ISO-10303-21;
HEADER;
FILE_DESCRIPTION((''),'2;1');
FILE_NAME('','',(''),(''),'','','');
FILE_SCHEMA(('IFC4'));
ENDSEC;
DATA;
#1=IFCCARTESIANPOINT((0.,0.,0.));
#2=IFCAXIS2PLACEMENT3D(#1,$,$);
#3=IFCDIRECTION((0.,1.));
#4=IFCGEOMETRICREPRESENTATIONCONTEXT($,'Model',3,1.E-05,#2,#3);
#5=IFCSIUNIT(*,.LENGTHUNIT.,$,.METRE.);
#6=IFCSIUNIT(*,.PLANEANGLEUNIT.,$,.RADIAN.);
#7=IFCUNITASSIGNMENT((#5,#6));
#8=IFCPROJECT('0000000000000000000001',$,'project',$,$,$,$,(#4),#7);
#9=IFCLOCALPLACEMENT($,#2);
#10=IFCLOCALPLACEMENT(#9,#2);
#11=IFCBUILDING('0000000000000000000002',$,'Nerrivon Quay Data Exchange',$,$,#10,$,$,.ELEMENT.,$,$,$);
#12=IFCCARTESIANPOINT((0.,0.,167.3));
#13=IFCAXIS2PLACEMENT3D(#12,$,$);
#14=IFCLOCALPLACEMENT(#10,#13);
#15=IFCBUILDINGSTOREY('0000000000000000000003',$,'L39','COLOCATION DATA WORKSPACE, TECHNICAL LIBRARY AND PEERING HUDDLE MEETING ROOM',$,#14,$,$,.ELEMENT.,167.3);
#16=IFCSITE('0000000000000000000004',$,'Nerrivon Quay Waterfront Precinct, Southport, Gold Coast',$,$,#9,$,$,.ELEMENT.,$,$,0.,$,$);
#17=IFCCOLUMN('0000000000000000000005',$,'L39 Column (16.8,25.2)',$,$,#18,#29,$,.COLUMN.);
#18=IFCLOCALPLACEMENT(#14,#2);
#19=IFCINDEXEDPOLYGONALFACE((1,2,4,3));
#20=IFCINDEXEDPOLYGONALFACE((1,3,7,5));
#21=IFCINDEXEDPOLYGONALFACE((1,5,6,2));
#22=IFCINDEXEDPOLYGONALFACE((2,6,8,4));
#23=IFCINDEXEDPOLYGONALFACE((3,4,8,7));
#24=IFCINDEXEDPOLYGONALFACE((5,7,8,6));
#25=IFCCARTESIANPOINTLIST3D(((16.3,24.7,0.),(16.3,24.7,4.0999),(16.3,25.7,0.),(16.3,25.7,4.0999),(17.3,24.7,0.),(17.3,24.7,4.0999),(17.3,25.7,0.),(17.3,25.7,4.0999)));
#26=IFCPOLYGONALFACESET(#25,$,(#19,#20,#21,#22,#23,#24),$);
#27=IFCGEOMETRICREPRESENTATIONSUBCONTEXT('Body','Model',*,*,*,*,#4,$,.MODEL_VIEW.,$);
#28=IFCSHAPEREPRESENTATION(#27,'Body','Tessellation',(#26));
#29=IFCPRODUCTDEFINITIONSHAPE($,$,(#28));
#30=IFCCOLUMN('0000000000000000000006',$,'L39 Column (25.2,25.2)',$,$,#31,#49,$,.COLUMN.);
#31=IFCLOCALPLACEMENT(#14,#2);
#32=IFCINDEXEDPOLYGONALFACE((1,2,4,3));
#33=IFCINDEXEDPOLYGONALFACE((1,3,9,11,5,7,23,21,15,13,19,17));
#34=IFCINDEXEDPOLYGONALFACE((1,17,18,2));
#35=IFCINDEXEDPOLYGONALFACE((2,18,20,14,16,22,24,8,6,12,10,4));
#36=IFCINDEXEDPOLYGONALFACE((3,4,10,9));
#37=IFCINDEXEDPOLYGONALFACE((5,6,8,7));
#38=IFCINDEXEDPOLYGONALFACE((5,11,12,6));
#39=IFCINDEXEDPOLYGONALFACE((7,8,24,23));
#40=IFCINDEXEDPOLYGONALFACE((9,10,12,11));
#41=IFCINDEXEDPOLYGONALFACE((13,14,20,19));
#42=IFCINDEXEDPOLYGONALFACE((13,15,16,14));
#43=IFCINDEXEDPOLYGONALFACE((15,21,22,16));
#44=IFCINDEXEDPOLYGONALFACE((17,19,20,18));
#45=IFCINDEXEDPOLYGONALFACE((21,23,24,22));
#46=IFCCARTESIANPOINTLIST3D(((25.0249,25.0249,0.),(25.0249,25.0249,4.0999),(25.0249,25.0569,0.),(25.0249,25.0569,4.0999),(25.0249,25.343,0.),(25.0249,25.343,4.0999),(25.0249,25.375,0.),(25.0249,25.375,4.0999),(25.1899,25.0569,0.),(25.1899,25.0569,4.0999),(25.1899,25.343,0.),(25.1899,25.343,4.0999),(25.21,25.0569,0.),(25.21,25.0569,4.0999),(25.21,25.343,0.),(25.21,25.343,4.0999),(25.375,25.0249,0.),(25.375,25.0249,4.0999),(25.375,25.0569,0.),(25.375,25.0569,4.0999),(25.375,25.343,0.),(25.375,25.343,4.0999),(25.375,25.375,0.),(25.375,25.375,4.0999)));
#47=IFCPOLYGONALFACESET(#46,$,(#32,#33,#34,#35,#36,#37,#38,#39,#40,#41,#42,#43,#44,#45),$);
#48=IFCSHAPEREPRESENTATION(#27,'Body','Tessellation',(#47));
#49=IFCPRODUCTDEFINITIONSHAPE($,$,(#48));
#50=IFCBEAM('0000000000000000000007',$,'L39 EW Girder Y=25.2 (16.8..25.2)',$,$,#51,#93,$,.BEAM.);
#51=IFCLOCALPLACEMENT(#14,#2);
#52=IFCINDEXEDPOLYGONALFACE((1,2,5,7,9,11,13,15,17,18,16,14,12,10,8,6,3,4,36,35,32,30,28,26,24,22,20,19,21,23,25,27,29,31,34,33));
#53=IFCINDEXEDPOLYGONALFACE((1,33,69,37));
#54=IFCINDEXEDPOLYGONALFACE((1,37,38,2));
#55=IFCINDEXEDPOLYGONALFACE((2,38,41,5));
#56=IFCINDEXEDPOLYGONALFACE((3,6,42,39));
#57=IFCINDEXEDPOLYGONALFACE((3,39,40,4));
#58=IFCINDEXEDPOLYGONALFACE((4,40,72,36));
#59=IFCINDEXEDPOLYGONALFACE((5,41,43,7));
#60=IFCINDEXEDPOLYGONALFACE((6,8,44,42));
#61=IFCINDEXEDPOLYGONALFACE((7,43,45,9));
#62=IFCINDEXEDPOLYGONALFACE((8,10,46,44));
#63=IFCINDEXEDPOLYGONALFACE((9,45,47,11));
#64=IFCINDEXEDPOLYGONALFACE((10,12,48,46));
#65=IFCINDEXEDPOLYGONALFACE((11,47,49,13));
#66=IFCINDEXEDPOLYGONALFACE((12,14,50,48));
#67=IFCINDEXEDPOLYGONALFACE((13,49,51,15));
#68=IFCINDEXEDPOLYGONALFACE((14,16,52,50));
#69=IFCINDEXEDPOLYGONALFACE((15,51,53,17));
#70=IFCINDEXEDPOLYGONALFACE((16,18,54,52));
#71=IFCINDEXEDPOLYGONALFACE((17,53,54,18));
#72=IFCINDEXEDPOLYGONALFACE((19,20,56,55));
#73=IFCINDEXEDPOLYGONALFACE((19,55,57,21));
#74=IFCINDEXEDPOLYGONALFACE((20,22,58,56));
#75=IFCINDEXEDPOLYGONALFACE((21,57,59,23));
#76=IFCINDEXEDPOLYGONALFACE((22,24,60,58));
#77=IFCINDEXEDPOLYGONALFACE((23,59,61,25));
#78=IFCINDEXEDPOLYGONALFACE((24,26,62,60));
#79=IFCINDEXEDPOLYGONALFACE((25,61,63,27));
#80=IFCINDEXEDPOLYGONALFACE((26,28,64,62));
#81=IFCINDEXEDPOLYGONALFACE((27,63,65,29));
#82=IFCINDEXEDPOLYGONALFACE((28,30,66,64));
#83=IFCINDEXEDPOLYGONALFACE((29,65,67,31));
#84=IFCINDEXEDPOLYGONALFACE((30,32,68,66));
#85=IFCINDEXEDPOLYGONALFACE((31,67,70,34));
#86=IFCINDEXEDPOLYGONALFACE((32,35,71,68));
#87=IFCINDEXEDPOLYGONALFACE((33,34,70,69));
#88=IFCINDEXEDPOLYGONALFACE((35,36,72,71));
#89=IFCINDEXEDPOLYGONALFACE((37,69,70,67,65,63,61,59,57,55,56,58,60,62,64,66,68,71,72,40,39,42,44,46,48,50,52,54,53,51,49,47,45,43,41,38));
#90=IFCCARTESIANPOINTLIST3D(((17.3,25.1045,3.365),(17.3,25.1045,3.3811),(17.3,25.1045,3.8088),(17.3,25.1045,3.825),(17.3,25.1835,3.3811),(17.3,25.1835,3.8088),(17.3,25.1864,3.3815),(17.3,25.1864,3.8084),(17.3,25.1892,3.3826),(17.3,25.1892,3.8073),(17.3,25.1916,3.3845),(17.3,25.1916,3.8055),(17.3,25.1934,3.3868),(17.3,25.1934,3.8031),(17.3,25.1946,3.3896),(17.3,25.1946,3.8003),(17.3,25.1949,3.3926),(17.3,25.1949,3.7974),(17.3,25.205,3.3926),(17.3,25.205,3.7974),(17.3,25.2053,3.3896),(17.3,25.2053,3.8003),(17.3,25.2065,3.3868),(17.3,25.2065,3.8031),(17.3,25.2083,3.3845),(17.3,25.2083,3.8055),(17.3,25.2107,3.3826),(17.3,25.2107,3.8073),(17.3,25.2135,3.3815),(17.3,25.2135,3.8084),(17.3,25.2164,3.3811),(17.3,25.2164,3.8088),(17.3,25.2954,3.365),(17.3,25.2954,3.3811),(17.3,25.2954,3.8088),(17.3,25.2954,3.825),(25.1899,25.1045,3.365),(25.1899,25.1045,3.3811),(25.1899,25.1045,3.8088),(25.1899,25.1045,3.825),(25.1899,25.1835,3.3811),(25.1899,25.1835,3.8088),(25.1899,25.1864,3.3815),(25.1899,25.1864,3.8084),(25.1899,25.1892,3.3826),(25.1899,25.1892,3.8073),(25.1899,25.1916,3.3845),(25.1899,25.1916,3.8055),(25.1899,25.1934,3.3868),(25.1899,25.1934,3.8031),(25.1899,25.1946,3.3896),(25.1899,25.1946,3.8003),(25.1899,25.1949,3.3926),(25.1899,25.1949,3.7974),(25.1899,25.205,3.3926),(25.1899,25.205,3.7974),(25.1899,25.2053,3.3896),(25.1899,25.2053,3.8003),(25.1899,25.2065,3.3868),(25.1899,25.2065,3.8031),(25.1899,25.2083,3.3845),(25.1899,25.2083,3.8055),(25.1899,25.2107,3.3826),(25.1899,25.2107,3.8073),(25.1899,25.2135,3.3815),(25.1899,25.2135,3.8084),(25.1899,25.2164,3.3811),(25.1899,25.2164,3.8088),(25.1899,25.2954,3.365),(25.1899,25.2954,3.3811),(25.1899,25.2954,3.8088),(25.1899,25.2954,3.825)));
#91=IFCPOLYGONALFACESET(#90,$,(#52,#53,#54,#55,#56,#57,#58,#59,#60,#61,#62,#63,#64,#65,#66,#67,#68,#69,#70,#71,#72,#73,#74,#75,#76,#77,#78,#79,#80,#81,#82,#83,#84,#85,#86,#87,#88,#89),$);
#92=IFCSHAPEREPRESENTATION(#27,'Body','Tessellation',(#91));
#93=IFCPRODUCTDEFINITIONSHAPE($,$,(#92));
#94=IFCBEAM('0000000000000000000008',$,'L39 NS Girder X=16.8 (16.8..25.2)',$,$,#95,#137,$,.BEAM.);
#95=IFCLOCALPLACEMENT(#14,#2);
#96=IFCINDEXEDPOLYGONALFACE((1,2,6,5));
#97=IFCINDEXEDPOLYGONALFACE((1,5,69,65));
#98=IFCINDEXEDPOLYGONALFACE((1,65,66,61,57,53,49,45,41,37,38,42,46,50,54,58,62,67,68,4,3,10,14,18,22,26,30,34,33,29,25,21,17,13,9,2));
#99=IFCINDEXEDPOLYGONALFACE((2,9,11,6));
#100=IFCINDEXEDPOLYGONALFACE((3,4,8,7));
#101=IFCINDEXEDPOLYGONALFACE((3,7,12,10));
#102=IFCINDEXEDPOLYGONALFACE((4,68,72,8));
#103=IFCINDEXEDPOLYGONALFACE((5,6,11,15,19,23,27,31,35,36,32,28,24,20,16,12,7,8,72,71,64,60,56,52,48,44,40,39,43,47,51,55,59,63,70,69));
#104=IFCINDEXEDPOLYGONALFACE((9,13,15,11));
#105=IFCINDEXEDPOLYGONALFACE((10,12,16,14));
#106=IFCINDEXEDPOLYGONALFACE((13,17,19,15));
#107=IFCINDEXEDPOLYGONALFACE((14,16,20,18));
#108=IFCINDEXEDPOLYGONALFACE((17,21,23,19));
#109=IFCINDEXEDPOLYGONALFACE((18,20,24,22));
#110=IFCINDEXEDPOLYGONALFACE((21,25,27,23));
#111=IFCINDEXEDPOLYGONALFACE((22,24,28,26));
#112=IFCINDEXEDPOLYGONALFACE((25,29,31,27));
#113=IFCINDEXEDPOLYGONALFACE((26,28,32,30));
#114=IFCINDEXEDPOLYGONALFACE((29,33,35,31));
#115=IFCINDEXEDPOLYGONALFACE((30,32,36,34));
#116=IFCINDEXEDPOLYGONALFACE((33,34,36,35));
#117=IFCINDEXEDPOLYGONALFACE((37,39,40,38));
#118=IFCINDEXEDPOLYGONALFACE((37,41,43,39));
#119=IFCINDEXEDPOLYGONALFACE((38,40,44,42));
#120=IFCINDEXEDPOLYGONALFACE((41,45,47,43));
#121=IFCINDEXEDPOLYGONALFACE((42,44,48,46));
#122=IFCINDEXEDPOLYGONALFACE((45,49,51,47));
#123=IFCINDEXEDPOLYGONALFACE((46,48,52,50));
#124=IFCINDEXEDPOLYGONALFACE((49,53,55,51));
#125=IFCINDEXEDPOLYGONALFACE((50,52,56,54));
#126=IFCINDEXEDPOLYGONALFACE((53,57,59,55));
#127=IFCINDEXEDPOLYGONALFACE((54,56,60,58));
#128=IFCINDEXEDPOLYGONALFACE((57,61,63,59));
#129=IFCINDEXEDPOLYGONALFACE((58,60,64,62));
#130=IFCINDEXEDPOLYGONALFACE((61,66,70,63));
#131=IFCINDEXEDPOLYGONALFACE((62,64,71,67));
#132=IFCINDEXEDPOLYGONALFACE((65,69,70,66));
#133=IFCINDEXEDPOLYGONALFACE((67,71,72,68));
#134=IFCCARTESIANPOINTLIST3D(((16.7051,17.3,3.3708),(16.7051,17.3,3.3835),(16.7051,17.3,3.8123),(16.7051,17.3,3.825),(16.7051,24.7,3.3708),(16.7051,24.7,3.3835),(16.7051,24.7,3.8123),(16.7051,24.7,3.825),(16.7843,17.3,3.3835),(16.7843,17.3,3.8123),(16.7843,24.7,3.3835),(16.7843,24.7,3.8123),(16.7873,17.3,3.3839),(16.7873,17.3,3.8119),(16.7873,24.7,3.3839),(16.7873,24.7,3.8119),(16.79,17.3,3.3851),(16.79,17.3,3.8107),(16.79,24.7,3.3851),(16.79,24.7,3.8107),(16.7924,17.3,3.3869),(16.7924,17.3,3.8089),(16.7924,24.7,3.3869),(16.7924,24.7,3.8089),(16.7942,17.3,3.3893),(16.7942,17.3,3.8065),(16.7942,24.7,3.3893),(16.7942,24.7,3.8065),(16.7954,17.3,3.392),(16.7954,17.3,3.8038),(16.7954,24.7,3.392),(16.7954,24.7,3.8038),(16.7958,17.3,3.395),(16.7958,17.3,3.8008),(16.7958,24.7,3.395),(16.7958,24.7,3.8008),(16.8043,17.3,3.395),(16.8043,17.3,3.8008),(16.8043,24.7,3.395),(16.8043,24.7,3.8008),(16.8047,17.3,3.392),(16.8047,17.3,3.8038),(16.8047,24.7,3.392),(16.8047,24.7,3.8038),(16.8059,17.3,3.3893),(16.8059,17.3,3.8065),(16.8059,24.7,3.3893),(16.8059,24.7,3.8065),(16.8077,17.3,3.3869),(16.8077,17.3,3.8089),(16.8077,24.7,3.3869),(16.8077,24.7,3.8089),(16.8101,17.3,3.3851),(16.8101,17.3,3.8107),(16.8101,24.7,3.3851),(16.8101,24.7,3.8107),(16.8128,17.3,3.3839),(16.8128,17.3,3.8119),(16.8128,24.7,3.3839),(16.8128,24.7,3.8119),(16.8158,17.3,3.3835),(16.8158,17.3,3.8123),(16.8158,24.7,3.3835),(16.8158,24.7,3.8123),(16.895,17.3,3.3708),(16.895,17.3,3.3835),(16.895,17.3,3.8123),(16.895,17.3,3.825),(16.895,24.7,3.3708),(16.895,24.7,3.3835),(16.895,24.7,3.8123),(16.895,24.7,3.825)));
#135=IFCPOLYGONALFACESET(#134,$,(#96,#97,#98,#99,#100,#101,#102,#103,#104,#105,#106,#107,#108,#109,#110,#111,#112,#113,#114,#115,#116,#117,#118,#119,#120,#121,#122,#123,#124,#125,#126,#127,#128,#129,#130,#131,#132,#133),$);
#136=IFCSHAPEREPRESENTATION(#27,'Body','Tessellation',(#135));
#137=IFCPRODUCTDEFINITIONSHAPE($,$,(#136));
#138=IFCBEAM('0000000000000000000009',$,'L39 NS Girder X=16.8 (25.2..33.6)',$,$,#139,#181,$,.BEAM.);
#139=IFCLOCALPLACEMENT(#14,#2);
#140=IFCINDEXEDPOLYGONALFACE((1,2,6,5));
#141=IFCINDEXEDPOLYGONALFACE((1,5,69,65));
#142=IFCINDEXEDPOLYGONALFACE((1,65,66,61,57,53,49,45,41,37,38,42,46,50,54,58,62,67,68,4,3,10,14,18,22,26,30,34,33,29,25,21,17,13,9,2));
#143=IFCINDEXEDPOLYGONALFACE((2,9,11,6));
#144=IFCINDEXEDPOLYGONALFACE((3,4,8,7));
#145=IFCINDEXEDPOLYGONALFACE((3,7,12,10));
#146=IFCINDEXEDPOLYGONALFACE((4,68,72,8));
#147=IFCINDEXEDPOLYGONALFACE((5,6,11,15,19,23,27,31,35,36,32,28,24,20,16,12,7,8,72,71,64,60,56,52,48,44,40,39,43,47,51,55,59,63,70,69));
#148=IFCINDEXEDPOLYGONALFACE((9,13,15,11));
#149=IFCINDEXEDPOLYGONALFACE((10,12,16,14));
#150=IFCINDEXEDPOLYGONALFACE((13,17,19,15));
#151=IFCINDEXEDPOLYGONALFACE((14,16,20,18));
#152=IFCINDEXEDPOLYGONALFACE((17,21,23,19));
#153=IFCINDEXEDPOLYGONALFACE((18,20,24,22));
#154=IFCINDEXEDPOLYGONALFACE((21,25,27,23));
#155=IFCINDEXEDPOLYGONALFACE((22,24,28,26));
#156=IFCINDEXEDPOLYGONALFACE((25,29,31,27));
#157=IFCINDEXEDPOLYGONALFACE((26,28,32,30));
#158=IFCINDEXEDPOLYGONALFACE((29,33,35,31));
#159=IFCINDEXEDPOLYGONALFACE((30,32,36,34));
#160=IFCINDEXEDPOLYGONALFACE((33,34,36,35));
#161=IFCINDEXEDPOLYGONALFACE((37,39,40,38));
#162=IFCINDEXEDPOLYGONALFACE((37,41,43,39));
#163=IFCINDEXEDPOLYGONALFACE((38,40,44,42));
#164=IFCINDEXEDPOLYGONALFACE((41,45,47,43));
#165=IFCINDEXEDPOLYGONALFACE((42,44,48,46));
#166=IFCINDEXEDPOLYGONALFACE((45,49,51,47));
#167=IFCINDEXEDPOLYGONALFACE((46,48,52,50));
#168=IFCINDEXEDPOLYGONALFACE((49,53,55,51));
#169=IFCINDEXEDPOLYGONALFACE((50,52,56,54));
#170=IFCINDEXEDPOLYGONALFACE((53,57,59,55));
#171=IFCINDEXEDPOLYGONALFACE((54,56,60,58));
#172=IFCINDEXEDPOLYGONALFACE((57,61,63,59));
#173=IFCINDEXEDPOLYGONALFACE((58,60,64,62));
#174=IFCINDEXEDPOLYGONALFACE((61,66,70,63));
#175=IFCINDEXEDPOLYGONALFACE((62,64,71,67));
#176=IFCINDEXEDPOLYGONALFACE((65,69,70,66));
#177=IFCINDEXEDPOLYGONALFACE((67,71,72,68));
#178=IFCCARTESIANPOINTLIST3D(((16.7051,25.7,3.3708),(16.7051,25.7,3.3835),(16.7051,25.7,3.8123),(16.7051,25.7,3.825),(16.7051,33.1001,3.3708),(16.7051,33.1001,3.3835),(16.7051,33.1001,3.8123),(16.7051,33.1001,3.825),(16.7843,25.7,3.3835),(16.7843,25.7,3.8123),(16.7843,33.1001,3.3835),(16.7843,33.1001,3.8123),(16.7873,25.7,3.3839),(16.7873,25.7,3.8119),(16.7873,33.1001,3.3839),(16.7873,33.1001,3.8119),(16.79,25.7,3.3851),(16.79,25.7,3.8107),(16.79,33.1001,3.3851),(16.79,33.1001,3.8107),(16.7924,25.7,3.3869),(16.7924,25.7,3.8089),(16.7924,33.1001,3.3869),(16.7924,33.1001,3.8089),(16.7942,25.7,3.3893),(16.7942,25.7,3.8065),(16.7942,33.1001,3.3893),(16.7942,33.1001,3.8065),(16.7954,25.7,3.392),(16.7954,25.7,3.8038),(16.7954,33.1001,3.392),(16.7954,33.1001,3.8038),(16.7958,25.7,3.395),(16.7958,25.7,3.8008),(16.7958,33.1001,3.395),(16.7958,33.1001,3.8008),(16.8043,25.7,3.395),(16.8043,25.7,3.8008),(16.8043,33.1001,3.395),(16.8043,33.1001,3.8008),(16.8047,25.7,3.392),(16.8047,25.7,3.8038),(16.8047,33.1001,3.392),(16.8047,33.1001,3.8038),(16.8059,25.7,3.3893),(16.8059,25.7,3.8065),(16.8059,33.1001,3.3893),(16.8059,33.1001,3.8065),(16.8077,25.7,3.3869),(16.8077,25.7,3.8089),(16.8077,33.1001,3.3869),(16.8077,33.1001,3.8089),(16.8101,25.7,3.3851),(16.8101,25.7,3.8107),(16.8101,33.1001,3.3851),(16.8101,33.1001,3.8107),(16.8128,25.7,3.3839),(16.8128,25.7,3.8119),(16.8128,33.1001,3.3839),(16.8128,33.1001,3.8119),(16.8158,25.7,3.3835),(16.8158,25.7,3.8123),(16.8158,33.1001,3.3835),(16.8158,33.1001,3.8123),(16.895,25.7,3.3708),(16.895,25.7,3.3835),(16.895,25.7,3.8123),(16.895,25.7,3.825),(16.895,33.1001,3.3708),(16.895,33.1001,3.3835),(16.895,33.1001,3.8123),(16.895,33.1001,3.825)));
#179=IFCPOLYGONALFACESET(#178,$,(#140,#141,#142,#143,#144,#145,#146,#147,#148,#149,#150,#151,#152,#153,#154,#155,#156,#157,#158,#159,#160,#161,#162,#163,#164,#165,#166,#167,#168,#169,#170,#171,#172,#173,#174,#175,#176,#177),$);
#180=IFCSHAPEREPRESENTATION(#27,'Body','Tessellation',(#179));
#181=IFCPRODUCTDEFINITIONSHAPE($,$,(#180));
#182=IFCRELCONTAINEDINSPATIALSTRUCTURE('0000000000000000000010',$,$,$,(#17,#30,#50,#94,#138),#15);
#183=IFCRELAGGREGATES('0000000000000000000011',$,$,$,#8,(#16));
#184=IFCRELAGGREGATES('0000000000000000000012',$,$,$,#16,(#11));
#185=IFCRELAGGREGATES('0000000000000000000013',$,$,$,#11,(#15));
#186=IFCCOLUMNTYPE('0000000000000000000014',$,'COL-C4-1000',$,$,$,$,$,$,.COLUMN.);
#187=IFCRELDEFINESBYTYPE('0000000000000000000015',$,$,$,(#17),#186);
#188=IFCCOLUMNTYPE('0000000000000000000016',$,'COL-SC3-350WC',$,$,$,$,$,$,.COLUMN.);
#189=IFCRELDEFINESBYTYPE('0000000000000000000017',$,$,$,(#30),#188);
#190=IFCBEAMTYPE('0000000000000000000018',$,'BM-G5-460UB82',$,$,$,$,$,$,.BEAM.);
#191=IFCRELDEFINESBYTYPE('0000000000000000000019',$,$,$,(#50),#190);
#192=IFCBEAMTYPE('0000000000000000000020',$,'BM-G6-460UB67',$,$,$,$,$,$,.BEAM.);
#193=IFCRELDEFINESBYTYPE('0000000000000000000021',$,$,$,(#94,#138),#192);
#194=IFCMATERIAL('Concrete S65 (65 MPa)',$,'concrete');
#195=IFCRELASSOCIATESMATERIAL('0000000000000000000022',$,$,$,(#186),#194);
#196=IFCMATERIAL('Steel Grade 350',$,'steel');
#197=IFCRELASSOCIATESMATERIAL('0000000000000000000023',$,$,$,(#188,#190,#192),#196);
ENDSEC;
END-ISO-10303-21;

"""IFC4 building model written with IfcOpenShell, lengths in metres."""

from ifc_helpers import new_model, si_unit, direction, frame, origin, origin_2d, place, context, subcontext, project, spatial, rectangle, i_section, extrude, material, material_profile, profile_set, type_object, element, save


model = new_model("IFC4")

# Units and contexts
model_context = context("Model", 3, precision=1e-05, world=origin(), true_north=direction((0.0, 1.0)))
body_context = subcontext(model_context, "Body", "Model", "MODEL_VIEW")
ifc_project = project(units=[si_unit("LENGTHUNIT", "METRE"), si_unit("PLANEANGLEUNIT", "RADIAN")], contexts=[model_context])

# Site, building, storey
site_placement = place(None, origin())
site = spatial("IfcSite", under=ifc_project, at=site_placement, Name="Nerrivon Quay Waterfront Precinct, Southport, Gold Coast", CompositionType="ELEMENT", RefElevation=0.0)
building_placement = place(site_placement, origin())
building = spatial("IfcBuilding", under=site, at=building_placement, Name="Nerrivon Quay Data Exchange", CompositionType="ELEMENT")
storey_placement = place(building_placement, frame((0.0, 0.0, 167.3)))
storey = spatial("IfcBuildingStorey", under=building, at=storey_placement, Name="L39", Description="COLOCATION DATA WORKSPACE, TECHNICAL LIBRARY AND PEERING HUDDLE MEETING ROOM", CompositionType="ELEMENT", Elevation=167.3)

# Columns
ifc_material_1 = material(Name="Concrete S65 (65 MPa)", Category="concrete")
ifc_material_profile_1 = material_profile(ifc_material_1, rectangle(XDim=1.0, YDim=1.0, at=origin_2d()), Name="RC-COL-1000x1000")
ifc_profile_set_1 = profile_set([ifc_material_profile_1], Name="Concrete S65 (65 MPa)")
column_type_1 = type_object("IfcColumnType", Name="COL-C4-1000", PredefinedType="COLUMN", material=ifc_profile_set_1)
column_1_placement = place(storey_placement, frame((16.8, 25.2, 0.0), z_axis=(0.0, 0.0, 1.0), x_axis=(1.0, 0.0, 0.0)))
element("IfcColumn", 1, at=column_1_placement, inside=storey, type_object=column_type_1, Name="L39 Column (16.8,25.2)", PredefinedType="COLUMN", context=body_context, shape_type="SweptSolid", body=[
    extrude(rectangle(XDim=1.0, YDim=1.0, at=origin_2d()), origin(), (0.0, 0.0, 1.0), 4.0999),
])
ifc_material_2 = material(Name="Steel Grade 350", Category="steel")
ifc_material_profile_2 = material_profile(ifc_material_2, i_section(OverallWidth=0.3501, OverallDepth=0.3501, WebThickness=0.02, FlangeThickness=0.032, at=origin_2d()), Name="350WC230")
ifc_profile_set_2 = profile_set([ifc_material_profile_2], Name="Steel Grade 350")
column_type_2 = type_object("IfcColumnType", Name="COL-SC3-350WC", PredefinedType="COLUMN", material=ifc_profile_set_2)
column_2_placement = place(storey_placement, frame((25.2, 25.2, 0.0), z_axis=(0.0, 0.0, 1.0), x_axis=(1.0, 0.0, 0.0)))
element("IfcColumn", 2, at=column_2_placement, inside=storey, type_object=column_type_2, Name="L39 Column (25.2,25.2)", PredefinedType="COLUMN", context=body_context, shape_type="SweptSolid", body=[
    extrude(i_section(OverallWidth=0.3501, OverallDepth=0.3501, WebThickness=0.02, FlangeThickness=0.032, at=origin_2d()), origin(), (0.0, 0.0, 1.0), 4.0999),
])

# Beams
ifc_material_profile_3 = material_profile(ifc_material_2, i_section(OverallWidth=0.1909, OverallDepth=0.46, WebThickness=0.01, FlangeThickness=0.0161, FilletRadius=0.0115, at=origin_2d()), Name="460UB82.1")
ifc_profile_set_3 = profile_set([ifc_material_profile_3], Name="Steel Grade 350")
beam_type_1 = type_object("IfcBeamType", Name="BM-G5-460UB82", PredefinedType="BEAM", material=ifc_profile_set_3)
beam_1_placement = place(storey_placement, frame((17.3, 25.2, 3.595), z_axis=(1.0, 0.0, 0.0), x_axis=(0.0, 1.0, 0.0)))
element("IfcBeam", 3, at=beam_1_placement, inside=storey, type_object=beam_type_1, Name="L39 EW Girder Y=25.2 (16.8..25.2)", PredefinedType="BEAM", context=body_context, shape_type="SweptSolid", body=[
    extrude(i_section(OverallWidth=0.1909, OverallDepth=0.46, WebThickness=0.01, FlangeThickness=0.0161, FilletRadius=0.0115, at=origin_2d()), origin(), (0.0, 0.0, 1.0), 7.8899),
])
ifc_material_profile_4 = material_profile(ifc_material_2, i_section(OverallWidth=0.1899, OverallDepth=0.4541, WebThickness=0.0085, FlangeThickness=0.0127, FilletRadius=0.0115, at=origin_2d()), Name="460UB67.1")
ifc_profile_set_4 = profile_set([ifc_material_profile_4], Name="Steel Grade 350")
beam_type_2 = type_object("IfcBeamType", Name="BM-G6-460UB67", PredefinedType="BEAM", material=ifc_profile_set_4)
beam_2_placement = place(storey_placement, frame((16.8, 17.3, 3.5979), z_axis=(0.0, 1.0, 0.0), x_axis=(-1.0, 0.0, 0.0)))
element("IfcBeam", 4, at=beam_2_placement, inside=storey, type_object=beam_type_2, Name="L39 NS Girder X=16.8 (16.8..25.2)", PredefinedType="BEAM", context=body_context, shape_type="SweptSolid", body=[
    extrude(i_section(OverallWidth=0.1899, OverallDepth=0.4541, WebThickness=0.0085, FlangeThickness=0.0127, FilletRadius=0.0115, at=origin_2d()), origin(), (0.0, 0.0, 1.0), 7.3999),
])
beam_3_placement = place(storey_placement, frame((16.8, 25.7, 3.5979), z_axis=(0.0, 1.0, 0.0), x_axis=(-1.0, 0.0, 0.0)))
element("IfcBeam", 5, at=beam_3_placement, inside=storey, type_object=beam_type_2, Name="L39 NS Girder X=16.8 (25.2..33.6)", PredefinedType="BEAM", context=body_context, shape_type="SweptSolid", body=[
    extrude(i_section(OverallWidth=0.1899, OverallDepth=0.4541, WebThickness=0.0085, FlangeThickness=0.0127, FilletRadius=0.0115, at=origin_2d()), origin(), (0.0, 0.0, 1.0), 7.4001),
])

save(model, "model.ifc")
